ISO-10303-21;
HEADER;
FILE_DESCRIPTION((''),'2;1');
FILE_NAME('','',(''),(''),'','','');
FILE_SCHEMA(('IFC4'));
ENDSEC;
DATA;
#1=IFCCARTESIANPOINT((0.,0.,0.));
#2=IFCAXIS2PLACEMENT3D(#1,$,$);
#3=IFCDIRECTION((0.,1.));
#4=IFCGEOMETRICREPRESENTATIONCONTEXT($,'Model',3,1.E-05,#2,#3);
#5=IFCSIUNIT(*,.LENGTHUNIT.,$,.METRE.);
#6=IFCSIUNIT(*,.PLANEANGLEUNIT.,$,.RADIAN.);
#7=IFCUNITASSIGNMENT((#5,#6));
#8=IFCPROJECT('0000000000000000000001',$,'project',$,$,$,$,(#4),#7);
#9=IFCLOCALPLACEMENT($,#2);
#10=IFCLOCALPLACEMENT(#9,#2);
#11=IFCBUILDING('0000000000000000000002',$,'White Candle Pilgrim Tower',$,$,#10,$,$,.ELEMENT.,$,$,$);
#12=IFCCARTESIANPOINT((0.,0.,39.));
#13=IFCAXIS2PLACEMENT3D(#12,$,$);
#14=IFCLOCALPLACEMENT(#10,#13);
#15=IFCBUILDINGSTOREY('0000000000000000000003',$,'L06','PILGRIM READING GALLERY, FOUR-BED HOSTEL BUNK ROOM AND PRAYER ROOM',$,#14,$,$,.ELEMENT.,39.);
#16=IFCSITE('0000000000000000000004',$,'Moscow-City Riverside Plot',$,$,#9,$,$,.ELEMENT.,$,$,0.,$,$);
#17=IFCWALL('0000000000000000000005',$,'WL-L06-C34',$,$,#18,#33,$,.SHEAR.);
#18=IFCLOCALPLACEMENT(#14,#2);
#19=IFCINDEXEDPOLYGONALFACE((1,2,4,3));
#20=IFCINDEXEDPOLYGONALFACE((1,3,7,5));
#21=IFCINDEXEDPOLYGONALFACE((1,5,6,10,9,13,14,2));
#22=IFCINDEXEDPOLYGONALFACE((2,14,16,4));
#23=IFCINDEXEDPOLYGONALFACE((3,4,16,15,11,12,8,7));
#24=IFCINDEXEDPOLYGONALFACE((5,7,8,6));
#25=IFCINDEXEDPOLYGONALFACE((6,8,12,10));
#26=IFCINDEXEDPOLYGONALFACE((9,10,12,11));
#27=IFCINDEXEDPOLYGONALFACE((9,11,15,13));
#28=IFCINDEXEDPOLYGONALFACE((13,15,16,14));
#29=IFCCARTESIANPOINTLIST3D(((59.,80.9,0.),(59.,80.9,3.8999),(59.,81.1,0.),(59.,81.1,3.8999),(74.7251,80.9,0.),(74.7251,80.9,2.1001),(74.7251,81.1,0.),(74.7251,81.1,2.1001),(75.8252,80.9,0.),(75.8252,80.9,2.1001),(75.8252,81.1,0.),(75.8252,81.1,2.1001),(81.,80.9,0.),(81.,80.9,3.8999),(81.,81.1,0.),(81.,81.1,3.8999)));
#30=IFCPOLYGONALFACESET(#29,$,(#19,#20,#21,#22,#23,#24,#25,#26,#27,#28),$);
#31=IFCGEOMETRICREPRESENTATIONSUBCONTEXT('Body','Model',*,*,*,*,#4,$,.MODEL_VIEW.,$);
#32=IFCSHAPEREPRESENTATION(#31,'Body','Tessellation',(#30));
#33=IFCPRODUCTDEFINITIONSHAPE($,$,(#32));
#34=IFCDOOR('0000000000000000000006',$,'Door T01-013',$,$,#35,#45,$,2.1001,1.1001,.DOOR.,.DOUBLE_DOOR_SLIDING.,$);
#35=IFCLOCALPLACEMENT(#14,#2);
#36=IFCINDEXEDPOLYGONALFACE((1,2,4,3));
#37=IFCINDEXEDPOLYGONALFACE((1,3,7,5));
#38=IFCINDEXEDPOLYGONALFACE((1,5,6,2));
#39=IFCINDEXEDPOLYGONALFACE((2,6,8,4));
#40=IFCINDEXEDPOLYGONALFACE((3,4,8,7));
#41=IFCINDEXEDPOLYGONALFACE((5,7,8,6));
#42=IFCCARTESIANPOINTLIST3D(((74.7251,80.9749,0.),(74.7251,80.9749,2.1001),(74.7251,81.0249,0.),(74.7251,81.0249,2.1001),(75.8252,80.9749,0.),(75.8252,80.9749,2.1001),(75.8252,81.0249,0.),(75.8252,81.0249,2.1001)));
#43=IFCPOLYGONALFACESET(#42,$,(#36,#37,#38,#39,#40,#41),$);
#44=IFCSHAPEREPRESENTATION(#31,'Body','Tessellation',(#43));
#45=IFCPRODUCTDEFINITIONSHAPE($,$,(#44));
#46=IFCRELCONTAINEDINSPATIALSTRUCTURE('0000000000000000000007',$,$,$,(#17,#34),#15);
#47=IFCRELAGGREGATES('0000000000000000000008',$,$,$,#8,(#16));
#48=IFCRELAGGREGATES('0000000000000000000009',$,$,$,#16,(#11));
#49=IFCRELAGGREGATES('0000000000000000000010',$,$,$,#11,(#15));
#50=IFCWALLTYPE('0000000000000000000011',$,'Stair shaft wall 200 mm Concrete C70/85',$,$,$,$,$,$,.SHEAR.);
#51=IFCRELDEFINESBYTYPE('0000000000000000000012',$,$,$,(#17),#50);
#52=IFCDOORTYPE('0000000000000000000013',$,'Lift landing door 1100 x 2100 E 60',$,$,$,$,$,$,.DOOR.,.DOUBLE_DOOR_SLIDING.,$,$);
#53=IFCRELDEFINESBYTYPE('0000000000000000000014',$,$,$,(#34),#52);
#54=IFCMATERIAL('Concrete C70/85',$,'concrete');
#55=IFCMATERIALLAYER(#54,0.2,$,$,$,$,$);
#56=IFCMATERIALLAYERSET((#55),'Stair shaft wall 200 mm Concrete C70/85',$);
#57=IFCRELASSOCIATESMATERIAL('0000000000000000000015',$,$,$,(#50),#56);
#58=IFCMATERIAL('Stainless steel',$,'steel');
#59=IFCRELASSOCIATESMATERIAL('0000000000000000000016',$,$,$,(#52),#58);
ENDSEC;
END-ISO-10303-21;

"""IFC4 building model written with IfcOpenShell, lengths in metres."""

from ifc_helpers import new_model, si_unit, direction, frame, frame_2d, origin, place, context, subcontext, project, spatial, rectangle, extrude, material, layer, layer_set, type_object, element, fill, save


model = new_model("IFC4")

# Units and contexts
model_context = context("Model", 3, precision=1e-05, world=origin(), true_north=direction((0.0, 1.0)))
body_context = subcontext(model_context, "Body", "Model", "MODEL_VIEW")
ifc_project = project(units=[si_unit("LENGTHUNIT", "METRE"), si_unit("PLANEANGLEUNIT", "RADIAN")], contexts=[model_context])

# Site, building, storey
site_placement = place(None, origin())
site = spatial("IfcSite", under=ifc_project, at=site_placement, Name="Moscow-City Riverside Plot", CompositionType="ELEMENT", RefElevation=0.0)
building_placement = place(site_placement, origin())
building = spatial("IfcBuilding", under=site, at=building_placement, Name="White Candle Pilgrim Tower", CompositionType="ELEMENT")
storey_placement = place(building_placement, frame((0.0, 0.0, 39.0)))
storey = spatial("IfcBuildingStorey", under=building, at=storey_placement, Name="L06", Description="PILGRIM READING GALLERY, FOUR-BED HOSTEL BUNK ROOM AND PRAYER ROOM", CompositionType="ELEMENT", Elevation=39.0)

# Shared definitions
ifc_material_1 = material(Name="Concrete C70/85", Category="concrete")

# Shared definitions
ifc_material_2 = material(Name="Stainless steel", Category="steel")

# Wall, opening, door
ifc_layer_1 = layer(ifc_material_1, 0.2)
ifc_layer_set_1 = layer_set([ifc_layer_1], Name="Stair shaft wall 200 mm Concrete C70/85")
wall_type_1 = type_object("IfcWallType", Name="Stair shaft wall 200 mm Concrete C70/85", PredefinedType="SHEAR", material=ifc_layer_set_1)
wall_1_placement = place(storey_placement, frame((59.0, 81.0, 0.0), z_axis=(0.0, 0.0, 1.0), x_axis=(1.0, 0.0, 0.0)))
wall_1 = element("IfcWall", 1, at=wall_1_placement, inside=storey, type_object=wall_type_1, Name="WL-L06-C34", PredefinedType="SHEAR", context=body_context, shape_type="SweptSolid", body=[
    extrude(rectangle(XDim=22.0, YDim=0.2, at=frame_2d((11.0, 0.0))), origin(), (0.0, 0.0, 1.0), 3.8999),
])
opening_1_placement = place(wall_1_placement, frame((15.7251, 0.0, 0.0)))
opening_1 = element("IfcOpeningElement", 2, at=opening_1_placement, cuts=wall_1, PredefinedType="OPENING", context=body_context, shape_type="SweptSolid", body=[
    extrude(rectangle(XDim=1.1001, YDim=2.1001, at=frame_2d((0.55, 1.05))), frame((0.0, 0.1099, 0.0), z_axis=(0.0, -1.0, 0.0), x_axis=(1.0, 0.0, 0.0)), (0.0, 0.0, 1.0), 0.22),
])
door_type_1 = type_object("IfcDoorType", Name="Lift landing door 1100 x 2100 E 60", OperationType="DOUBLE_DOOR_SLIDING", PredefinedType="DOOR", material=ifc_material_2)
door_1_placement = place(opening_1_placement, origin())
door_1 = element("IfcDoor", 3, at=door_1_placement, inside=storey, type_object=door_type_1, Name="Door T01-013", OperationType="DOUBLE_DOOR_SLIDING", OverallHeight=2.1001, OverallWidth=1.1001, PredefinedType="DOOR", context=body_context, shape_type="SweptSolid", body=[
    extrude(rectangle(XDim=1.1001, YDim=2.1001, at=frame_2d((0.55, 1.05))), frame((0.0, 0.0249, 0.0), z_axis=(0.0, -1.0, 0.0), x_axis=(1.0, 0.0, 0.0)), (0.0, 0.0, 1.0), 0.05),
])
fill(opening_1, door_1)

save(model, "model.ifc")
